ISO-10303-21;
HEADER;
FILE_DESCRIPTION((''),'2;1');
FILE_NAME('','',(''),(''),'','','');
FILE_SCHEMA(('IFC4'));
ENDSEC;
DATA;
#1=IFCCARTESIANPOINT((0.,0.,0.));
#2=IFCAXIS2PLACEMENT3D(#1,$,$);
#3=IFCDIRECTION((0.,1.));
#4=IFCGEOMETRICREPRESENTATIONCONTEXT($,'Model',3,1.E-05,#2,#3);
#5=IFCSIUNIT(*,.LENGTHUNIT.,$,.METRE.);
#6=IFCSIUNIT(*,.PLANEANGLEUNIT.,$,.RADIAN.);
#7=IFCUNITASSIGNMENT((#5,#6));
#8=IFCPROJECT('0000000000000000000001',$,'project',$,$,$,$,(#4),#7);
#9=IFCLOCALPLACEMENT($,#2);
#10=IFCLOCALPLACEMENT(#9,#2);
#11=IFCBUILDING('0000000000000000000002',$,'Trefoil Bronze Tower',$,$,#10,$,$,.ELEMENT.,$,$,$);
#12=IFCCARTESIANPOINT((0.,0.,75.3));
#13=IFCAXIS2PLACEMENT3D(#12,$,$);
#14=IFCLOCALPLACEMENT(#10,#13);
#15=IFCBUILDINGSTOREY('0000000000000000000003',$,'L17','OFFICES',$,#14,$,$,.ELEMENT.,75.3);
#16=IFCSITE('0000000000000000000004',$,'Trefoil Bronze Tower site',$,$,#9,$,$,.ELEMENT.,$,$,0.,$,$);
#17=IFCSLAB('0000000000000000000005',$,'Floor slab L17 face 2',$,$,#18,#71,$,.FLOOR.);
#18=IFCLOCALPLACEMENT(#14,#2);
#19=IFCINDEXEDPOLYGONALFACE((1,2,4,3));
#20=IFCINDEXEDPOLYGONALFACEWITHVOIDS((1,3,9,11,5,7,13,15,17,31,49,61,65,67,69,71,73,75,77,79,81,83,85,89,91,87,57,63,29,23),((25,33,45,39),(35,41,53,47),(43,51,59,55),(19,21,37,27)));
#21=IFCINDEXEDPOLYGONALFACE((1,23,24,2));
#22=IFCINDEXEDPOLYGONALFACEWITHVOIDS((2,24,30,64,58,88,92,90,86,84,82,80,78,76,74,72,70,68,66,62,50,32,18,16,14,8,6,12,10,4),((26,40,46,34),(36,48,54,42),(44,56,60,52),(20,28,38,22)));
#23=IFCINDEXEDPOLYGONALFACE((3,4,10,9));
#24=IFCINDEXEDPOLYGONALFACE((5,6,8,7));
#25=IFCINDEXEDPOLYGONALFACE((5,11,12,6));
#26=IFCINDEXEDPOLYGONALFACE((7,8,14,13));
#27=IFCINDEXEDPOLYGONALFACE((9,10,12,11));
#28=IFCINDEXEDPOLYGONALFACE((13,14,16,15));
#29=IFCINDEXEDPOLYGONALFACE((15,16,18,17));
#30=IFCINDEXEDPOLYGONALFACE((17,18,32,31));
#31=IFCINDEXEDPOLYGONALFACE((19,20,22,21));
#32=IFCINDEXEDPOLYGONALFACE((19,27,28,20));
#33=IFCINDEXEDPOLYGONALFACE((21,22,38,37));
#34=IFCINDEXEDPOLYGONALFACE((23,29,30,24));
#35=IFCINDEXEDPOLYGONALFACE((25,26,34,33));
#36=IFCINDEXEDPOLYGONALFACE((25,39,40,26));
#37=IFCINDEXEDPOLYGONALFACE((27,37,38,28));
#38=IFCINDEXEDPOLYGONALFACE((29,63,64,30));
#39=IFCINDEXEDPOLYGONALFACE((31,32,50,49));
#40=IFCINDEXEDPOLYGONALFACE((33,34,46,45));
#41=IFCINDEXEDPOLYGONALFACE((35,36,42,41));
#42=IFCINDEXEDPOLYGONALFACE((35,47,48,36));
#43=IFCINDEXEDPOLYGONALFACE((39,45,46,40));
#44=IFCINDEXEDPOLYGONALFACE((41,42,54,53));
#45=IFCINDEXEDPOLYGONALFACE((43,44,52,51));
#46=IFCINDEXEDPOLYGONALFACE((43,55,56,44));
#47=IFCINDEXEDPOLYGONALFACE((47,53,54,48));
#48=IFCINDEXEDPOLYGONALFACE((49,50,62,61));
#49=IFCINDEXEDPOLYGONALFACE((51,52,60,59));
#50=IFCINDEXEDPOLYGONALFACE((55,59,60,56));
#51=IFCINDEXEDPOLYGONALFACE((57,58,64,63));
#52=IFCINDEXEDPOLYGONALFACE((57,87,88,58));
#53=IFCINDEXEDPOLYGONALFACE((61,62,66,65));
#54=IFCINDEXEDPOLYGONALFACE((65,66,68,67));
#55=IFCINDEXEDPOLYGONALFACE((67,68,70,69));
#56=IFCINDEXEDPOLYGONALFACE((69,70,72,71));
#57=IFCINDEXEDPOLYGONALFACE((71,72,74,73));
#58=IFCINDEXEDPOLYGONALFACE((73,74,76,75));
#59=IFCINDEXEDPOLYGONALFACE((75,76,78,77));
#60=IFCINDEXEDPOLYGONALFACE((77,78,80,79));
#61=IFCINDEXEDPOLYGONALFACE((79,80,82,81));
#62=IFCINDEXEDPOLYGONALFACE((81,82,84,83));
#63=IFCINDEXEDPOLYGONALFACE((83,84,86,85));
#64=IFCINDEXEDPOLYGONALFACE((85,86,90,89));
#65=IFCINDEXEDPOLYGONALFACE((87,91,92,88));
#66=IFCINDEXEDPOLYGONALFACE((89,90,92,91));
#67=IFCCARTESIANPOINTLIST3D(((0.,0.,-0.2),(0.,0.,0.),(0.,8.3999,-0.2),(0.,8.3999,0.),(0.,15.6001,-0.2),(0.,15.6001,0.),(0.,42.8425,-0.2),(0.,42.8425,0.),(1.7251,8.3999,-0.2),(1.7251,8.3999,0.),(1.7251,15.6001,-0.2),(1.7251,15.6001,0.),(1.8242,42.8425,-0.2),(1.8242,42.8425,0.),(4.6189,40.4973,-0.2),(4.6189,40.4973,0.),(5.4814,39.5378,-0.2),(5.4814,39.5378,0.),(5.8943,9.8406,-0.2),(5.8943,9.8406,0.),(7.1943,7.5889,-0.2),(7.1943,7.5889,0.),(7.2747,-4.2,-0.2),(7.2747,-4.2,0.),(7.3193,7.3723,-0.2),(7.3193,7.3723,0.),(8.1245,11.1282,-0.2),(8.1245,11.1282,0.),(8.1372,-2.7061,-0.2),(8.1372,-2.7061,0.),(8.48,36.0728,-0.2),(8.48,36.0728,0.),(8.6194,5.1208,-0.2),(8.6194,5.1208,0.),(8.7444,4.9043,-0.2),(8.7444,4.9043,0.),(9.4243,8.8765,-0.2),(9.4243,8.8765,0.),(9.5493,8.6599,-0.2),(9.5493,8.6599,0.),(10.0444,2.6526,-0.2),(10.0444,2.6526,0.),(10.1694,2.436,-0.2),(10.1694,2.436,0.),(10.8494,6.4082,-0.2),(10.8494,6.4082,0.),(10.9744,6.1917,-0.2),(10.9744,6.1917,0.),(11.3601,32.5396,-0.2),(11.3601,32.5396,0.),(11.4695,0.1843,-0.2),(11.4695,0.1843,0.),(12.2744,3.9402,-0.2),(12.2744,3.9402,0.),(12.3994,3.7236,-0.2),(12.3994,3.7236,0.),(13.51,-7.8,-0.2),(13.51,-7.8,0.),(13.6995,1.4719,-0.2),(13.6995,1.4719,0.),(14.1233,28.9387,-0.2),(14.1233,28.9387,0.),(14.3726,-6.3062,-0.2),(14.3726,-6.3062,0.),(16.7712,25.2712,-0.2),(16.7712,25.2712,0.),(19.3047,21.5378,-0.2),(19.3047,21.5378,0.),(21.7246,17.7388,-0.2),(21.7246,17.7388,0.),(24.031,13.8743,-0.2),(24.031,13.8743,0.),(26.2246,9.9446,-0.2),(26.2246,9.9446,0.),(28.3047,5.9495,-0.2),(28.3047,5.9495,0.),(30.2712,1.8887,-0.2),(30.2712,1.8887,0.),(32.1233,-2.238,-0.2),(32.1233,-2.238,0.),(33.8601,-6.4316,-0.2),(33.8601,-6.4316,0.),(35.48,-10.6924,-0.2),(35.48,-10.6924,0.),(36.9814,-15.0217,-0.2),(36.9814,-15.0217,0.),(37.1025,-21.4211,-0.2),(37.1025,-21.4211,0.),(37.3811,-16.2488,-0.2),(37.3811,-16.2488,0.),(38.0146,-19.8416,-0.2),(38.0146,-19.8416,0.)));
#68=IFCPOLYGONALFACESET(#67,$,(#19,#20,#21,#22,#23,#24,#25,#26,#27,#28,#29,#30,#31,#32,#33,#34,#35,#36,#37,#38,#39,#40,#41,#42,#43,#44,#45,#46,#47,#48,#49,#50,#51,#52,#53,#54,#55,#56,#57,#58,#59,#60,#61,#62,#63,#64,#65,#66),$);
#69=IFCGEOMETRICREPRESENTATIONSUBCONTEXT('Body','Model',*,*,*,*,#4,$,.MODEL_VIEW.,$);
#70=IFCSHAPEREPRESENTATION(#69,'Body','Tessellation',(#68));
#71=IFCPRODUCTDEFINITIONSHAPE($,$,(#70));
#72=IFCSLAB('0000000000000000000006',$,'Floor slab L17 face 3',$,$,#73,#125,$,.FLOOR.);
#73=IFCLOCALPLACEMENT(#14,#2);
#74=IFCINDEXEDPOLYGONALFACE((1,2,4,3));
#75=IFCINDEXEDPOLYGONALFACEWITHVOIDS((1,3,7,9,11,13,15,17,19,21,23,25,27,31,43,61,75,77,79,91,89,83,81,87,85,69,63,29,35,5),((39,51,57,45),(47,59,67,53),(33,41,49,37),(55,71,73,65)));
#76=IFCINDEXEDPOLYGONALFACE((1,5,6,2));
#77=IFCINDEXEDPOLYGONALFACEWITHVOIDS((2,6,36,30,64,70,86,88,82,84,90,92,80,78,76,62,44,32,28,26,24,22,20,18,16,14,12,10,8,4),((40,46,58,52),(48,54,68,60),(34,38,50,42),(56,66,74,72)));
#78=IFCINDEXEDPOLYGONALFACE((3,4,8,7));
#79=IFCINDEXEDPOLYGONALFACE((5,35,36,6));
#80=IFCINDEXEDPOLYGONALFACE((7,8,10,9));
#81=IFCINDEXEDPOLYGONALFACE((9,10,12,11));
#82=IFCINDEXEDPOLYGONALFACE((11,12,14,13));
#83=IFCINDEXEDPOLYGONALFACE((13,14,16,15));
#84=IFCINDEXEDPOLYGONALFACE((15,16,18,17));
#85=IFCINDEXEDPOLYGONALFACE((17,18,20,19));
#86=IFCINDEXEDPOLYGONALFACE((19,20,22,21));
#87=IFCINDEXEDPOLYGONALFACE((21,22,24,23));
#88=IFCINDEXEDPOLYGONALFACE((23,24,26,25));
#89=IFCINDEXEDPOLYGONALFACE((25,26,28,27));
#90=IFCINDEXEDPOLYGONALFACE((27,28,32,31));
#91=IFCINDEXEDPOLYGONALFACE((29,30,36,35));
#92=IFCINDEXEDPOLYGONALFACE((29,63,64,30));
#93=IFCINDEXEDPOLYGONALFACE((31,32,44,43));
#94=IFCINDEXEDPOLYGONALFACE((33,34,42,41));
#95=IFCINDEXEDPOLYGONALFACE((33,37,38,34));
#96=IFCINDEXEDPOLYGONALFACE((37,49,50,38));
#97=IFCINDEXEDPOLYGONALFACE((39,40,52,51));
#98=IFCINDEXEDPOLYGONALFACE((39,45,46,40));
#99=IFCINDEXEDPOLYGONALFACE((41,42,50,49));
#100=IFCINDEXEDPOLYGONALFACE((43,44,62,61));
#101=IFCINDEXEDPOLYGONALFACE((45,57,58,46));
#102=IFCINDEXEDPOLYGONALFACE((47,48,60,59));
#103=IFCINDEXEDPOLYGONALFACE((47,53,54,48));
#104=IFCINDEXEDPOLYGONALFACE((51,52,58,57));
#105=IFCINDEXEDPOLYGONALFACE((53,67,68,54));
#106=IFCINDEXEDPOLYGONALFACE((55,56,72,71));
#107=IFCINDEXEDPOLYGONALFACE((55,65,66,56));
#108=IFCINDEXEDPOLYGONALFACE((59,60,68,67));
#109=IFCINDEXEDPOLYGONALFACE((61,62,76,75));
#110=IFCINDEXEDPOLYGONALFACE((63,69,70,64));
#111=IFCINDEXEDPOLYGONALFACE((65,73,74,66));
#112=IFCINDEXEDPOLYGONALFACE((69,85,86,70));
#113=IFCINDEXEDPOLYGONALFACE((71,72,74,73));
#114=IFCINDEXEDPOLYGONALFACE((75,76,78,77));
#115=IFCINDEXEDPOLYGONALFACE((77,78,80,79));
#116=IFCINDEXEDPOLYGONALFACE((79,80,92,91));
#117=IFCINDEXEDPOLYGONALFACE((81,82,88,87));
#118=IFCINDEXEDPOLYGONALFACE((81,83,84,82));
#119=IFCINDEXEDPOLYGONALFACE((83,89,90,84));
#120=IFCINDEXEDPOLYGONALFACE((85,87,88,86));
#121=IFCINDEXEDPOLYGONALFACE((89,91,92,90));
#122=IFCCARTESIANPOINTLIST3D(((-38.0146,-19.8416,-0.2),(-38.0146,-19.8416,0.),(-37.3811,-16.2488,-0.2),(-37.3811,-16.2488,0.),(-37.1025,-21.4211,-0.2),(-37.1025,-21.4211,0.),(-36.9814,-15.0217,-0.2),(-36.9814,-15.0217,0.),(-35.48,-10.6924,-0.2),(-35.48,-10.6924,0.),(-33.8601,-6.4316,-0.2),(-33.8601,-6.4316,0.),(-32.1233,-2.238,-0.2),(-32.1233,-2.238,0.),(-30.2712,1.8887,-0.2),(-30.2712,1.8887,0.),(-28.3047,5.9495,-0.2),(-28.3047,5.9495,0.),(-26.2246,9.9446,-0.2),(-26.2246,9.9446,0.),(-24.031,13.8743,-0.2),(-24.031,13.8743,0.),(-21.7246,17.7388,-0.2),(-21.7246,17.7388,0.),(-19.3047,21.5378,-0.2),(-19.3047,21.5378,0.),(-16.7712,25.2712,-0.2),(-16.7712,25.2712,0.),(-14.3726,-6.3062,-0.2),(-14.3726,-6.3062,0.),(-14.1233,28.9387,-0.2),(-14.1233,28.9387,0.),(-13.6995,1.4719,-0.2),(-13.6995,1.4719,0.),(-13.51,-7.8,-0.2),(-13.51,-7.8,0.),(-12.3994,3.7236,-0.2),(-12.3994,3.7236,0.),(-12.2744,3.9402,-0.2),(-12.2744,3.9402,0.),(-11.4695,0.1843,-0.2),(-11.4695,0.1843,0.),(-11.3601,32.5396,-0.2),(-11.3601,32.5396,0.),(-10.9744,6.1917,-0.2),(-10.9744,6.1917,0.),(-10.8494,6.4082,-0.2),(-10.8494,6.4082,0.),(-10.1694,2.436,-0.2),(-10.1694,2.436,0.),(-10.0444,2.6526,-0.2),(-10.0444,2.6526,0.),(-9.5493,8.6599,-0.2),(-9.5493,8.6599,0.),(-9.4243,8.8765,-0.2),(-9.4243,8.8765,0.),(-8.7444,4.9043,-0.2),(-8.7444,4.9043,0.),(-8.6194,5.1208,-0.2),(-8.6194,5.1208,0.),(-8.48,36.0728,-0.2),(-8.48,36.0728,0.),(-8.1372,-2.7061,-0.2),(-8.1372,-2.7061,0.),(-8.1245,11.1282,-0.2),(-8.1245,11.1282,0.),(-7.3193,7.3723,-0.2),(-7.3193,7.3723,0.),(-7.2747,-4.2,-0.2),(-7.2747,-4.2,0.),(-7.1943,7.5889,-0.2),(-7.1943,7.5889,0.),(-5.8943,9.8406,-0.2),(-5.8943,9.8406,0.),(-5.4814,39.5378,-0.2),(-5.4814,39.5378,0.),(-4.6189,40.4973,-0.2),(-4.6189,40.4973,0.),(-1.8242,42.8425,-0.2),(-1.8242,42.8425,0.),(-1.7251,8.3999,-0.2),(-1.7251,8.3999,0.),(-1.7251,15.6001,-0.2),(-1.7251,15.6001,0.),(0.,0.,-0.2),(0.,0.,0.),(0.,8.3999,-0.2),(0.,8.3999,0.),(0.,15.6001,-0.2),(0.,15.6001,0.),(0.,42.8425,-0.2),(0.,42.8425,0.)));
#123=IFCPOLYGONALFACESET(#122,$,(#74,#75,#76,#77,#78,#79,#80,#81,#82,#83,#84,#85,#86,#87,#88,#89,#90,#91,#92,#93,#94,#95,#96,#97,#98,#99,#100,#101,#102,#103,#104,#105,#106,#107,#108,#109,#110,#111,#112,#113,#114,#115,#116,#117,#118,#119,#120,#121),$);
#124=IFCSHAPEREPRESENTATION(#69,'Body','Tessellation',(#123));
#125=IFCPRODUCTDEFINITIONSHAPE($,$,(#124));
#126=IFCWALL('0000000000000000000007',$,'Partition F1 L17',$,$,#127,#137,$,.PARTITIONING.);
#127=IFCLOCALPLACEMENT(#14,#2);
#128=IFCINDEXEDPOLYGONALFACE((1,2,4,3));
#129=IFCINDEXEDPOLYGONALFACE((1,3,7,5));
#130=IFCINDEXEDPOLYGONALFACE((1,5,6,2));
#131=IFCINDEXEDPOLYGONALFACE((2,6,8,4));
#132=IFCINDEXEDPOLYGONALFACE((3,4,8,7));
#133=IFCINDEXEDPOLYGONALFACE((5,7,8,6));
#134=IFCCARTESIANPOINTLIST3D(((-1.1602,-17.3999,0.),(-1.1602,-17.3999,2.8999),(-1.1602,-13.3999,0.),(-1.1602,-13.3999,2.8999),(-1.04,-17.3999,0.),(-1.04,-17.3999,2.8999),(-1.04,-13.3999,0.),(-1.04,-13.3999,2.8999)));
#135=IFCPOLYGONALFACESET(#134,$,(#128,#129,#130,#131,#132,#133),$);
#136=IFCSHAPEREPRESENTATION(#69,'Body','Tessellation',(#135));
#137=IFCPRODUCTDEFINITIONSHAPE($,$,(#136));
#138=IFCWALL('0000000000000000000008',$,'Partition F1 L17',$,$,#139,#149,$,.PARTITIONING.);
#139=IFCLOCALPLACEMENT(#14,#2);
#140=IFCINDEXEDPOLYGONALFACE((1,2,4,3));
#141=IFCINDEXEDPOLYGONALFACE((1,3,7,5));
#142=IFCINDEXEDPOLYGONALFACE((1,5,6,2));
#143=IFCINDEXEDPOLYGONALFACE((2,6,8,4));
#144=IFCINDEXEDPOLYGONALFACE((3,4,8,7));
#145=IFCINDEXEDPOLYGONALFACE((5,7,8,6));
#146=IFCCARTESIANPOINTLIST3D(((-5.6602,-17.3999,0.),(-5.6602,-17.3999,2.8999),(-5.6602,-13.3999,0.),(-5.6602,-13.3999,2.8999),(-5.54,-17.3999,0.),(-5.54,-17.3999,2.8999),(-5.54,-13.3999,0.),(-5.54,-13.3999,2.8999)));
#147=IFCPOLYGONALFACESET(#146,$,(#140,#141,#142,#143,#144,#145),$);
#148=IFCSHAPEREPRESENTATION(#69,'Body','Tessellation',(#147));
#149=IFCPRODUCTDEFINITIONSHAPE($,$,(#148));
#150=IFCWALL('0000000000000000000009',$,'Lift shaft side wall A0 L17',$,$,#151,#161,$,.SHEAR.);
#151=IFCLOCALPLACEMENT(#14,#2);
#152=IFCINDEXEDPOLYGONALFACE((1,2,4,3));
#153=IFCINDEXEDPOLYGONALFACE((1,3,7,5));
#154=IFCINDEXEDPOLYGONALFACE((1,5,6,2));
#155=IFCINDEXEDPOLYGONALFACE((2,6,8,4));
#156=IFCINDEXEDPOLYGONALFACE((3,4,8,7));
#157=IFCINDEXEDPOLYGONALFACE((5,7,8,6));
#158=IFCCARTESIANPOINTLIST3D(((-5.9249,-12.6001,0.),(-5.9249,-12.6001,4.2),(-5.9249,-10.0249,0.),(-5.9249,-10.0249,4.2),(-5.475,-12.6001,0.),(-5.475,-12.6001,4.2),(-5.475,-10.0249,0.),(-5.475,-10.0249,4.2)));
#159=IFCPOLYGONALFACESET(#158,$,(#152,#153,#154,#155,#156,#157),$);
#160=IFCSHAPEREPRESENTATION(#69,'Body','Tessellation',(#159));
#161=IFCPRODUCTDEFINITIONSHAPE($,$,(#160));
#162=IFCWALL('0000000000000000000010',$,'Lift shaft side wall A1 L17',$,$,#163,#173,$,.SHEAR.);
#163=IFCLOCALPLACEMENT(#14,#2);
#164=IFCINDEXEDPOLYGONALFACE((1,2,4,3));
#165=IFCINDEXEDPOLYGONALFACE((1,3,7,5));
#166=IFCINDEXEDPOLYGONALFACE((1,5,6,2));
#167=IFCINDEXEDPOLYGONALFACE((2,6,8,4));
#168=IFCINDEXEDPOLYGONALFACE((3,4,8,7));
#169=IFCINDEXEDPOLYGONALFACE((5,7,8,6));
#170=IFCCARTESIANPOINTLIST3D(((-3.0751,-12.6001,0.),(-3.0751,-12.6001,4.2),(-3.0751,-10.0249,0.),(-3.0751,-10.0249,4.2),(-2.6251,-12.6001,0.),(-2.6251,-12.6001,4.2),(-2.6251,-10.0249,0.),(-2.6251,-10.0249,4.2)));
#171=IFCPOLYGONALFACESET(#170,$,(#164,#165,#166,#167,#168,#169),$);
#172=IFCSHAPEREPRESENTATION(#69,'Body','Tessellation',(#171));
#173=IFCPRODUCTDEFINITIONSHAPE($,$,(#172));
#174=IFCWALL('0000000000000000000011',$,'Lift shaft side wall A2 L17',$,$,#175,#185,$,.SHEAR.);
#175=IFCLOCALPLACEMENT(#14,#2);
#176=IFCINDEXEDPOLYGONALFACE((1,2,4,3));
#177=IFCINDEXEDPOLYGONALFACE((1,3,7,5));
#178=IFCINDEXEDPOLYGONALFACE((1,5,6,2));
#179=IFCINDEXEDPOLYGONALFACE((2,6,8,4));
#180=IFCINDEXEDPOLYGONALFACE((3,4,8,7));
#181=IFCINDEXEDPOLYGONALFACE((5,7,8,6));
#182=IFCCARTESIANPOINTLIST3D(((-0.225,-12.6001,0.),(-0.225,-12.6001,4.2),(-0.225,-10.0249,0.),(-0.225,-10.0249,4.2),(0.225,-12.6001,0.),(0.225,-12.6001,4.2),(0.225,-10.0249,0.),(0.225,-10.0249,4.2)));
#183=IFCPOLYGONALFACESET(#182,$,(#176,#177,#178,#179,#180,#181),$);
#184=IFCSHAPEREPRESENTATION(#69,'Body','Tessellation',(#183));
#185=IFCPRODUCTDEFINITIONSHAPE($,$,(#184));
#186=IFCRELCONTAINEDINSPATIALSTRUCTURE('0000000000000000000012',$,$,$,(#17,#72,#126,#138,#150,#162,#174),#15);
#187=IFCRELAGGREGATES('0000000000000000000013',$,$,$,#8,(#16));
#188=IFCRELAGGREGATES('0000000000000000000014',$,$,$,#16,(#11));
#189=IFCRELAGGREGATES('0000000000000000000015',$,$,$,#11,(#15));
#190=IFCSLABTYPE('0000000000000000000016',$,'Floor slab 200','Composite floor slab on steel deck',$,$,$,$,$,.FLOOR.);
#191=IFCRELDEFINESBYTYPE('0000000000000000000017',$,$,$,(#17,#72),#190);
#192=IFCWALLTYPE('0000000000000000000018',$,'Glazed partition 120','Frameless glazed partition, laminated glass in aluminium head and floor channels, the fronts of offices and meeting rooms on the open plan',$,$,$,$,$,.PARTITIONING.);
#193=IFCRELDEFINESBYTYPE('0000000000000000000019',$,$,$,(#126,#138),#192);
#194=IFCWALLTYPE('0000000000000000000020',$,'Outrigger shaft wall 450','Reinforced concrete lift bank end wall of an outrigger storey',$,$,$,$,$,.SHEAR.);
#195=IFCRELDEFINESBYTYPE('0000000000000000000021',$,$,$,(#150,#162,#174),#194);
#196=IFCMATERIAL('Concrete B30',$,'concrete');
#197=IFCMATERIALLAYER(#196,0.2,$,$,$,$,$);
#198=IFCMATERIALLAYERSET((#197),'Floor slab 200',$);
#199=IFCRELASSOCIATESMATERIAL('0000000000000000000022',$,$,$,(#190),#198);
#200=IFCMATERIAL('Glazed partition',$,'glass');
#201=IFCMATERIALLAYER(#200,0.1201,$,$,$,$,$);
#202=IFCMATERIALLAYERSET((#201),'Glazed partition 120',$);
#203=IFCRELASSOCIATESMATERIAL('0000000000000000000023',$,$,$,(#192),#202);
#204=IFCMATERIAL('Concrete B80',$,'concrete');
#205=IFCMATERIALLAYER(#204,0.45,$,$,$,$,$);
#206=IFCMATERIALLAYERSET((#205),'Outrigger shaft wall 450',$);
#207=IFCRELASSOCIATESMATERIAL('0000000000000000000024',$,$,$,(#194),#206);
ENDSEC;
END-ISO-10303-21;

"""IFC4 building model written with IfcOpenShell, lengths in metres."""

from ifc_helpers import new_model, si_unit, direction, frame, frame_2d, origin, place, context, subcontext, project, spatial, polyline, rectangle, outline, extrude, material, layer, layer_set, type_object, element, save


model = new_model("IFC4")

# Units and contexts
model_context = context("Model", 3, precision=1e-05, world=origin(), true_north=direction((0.0, 1.0)))
body_context = subcontext(model_context, "Body", "Model", "MODEL_VIEW")
ifc_project = project(units=[si_unit("LENGTHUNIT", "METRE"), si_unit("PLANEANGLEUNIT", "RADIAN")], contexts=[model_context])

# Site, building, storey
site_placement = place(None, origin())
site = spatial("IfcSite", under=ifc_project, at=site_placement, Name="Trefoil Bronze Tower site", CompositionType="ELEMENT", RefElevation=0.0)
building_placement = place(site_placement, origin())
building = spatial("IfcBuilding", under=site, at=building_placement, Name="Trefoil Bronze Tower", CompositionType="ELEMENT")
storey_placement = place(building_placement, frame((0.0, 0.0, 75.3)))
storey = spatial("IfcBuildingStorey", under=building, at=storey_placement, Name="L17", Description="OFFICES", CompositionType="ELEMENT", Elevation=75.3)

# Slabs
ifc_material_1 = material(Name="Concrete B30", Category="concrete")
ifc_layer_1 = layer(ifc_material_1, 0.2)
ifc_layer_set_1 = layer_set([ifc_layer_1], Name="Floor slab 200")
slab_type = type_object("IfcSlabType", Name="Floor slab 200", Description="Composite floor slab on steel deck", PredefinedType="FLOOR", material=ifc_layer_set_1)
slab_1_placement = place(storey_placement, frame((0.0, 0.0, -0.2)))
element("IfcSlab", 1, at=slab_1_placement, inside=storey, type_object=slab_type, Name="Floor slab L17 face 2", PredefinedType="FLOOR", context=body_context, shape_type="SweptSolid", body=[
    extrude(outline(polyline([(8.48, 36.0728), (11.3601, 32.5396), (14.1233, 28.9387), (16.7712, 25.2712), (19.3047, 21.5378), (21.7246, 17.7388), (24.031, 13.8743), (26.2246, 9.9446), (28.3047, 5.9495), (30.2712, 1.8887), (32.1233, -2.238), (33.8601, -6.4316), (35.48, -10.6924), (36.9814, -15.0217), (37.3811, -16.2488), (38.0146, -19.8416), (37.1025, -21.4211), (13.51, -7.8), (14.3726, -6.3062), (8.1372, -2.7061), (7.2747, -4.2), (0.0, 0.0), (0.0, 8.3999), (1.7251, 8.3999), (1.7251, 15.6001), (0.0, 15.6001), (0.0, 42.8425), (1.8242, 42.8425), (4.6189, 40.4973), (5.4814, 39.5378), (8.48, 36.0728)]), holes=[polyline([(11.4695, 0.1843), (10.1694, 2.436), (12.3994, 3.7236), (13.6995, 1.4719), (11.4695, 0.1843)]), polyline([(10.0444, 2.6526), (8.7444, 4.9043), (10.9744, 6.1917), (12.2744, 3.9402), (10.0444, 2.6526)]), polyline([(8.6194, 5.1208), (7.3193, 7.3723), (9.5493, 8.6599), (10.8494, 6.4082), (8.6194, 5.1208)]), polyline([(7.1943, 7.5889), (5.8943, 9.8406), (8.1245, 11.1282), (9.4243, 8.8765), (7.1943, 7.5889)])]), origin(), (0.0, 0.0, 1.0), 0.2),
])
slab_2_placement = place(storey_placement, frame((0.0, 0.0, -0.2)))
element("IfcSlab", 2, at=slab_2_placement, inside=storey, type_object=slab_type, Name="Floor slab L17 face 3", PredefinedType="FLOOR", context=body_context, shape_type="SweptSolid", body=[
    extrude(outline(polyline([(-35.48, -10.6924), (-33.8601, -6.4316), (-32.1233, -2.238), (-30.2712, 1.8887), (-28.3047, 5.9495), (-26.2246, 9.9446), (-24.031, 13.8743), (-21.7246, 17.7388), (-19.3047, 21.5378), (-16.7712, 25.2712), (-14.1233, 28.9387), (-11.3601, 32.5396), (-8.48, 36.0728), (-5.4814, 39.5378), (-4.6189, 40.4973), (-1.8242, 42.8425), (0.0, 42.8425), (0.0, 15.6001), (-1.7251, 15.6001), (-1.7251, 8.3999), (0.0, 8.3999), (0.0, 0.0), (-7.2747, -4.2), (-8.1372, -2.7061), (-14.3726, -6.3062), (-13.51, -7.8), (-37.1025, -21.4211), (-38.0146, -19.8416), (-37.3811, -16.2488), (-36.9814, -15.0217), (-35.48, -10.6924)]), holes=[polyline([(-5.8943, 9.8406), (-7.1943, 7.5889), (-9.4243, 8.8765), (-8.1245, 11.1282), (-5.8943, 9.8406)]), polyline([(-7.3193, 7.3723), (-8.6194, 5.1208), (-10.8494, 6.4082), (-9.5493, 8.6599), (-7.3193, 7.3723)]), polyline([(-8.7444, 4.9043), (-10.0444, 2.6526), (-12.2744, 3.9402), (-10.9744, 6.1917), (-8.7444, 4.9043)]), polyline([(-10.1694, 2.436), (-11.4695, 0.1843), (-13.6995, 1.4719), (-12.3994, 3.7236), (-10.1694, 2.436)])]), origin(), (0.0, 0.0, 1.0), 0.2),
])

# Walls
ifc_material_2 = material(Name="Glazed partition", Category="glass")
ifc_layer_2 = layer(ifc_material_2, 0.1201)
ifc_layer_set_2 = layer_set([ifc_layer_2], Name="Glazed partition 120")
wall_type_1 = type_object("IfcWallType", Name="Glazed partition 120", Description="Frameless glazed partition, laminated glass in aluminium head and floor channels, the fronts of offices and meeting rooms on the open plan", PredefinedType="PARTITIONING", material=ifc_layer_set_2)
for number, where, z_axis, x_axis, name in (
    (3, (-1.1001, -13.3999, 0.0), (0.0, 0.0, 1.0), (0.0, -1.0, 0.0), "Partition F1 L17"),
    (4, (-5.6001, -13.3999, 0.0), (0.0, 0.0, 1.0), (0.0, -1.0, 0.0), "Partition F1 L17"),
):
    element("IfcWall", number, at=place(storey_placement, frame(where, z_axis=z_axis, x_axis=x_axis)), inside=storey, type_object=wall_type_1, Name=name, PredefinedType="PARTITIONING", context=body_context, shape_type="SweptSolid", body=[
        extrude(rectangle(XDim=4.0, YDim=0.1201, at=frame_2d((2.0, 0.0))), origin(), (0.0, 0.0, 1.0), 2.8999),
    ])
ifc_material_3 = material(Name="Concrete B80", Category="concrete")
ifc_layer_3 = layer(ifc_material_3, 0.45)
ifc_layer_set_3 = layer_set([ifc_layer_3], Name="Outrigger shaft wall 450")
wall_type_2 = type_object("IfcWallType", Name="Outrigger shaft wall 450", Description="Reinforced concrete lift bank end wall of an outrigger storey", PredefinedType="SHEAR", material=ifc_layer_set_3)
for number, where, z_axis, x_axis, name in (
    (5, (-5.7, -10.0249, 0.0), (0.0, 0.0, 1.0), (0.0, -1.0, 0.0), "Lift shaft side wall A0 L17"),
    (6, (-2.8501, -10.0249, 0.0), (0.0, 0.0, 1.0), (0.0, -1.0, 0.0), "Lift shaft side wall A1 L17"),
    (7, (0.0, -10.0249, 0.0), (0.0, 0.0, 1.0), (0.0, -1.0, 0.0), "Lift shaft side wall A2 L17"),
):
    element("IfcWall", number, at=place(storey_placement, frame(where, z_axis=z_axis, x_axis=x_axis)), inside=storey, type_object=wall_type_2, Name=name, PredefinedType="SHEAR", context=body_context, shape_type="SweptSolid", body=[
        extrude(rectangle(XDim=2.5752, YDim=0.45, at=frame_2d((1.2876, 0.0))), origin(), (0.0, 0.0, 1.0), 4.2),
    ])

save(model, "model.ifc")
